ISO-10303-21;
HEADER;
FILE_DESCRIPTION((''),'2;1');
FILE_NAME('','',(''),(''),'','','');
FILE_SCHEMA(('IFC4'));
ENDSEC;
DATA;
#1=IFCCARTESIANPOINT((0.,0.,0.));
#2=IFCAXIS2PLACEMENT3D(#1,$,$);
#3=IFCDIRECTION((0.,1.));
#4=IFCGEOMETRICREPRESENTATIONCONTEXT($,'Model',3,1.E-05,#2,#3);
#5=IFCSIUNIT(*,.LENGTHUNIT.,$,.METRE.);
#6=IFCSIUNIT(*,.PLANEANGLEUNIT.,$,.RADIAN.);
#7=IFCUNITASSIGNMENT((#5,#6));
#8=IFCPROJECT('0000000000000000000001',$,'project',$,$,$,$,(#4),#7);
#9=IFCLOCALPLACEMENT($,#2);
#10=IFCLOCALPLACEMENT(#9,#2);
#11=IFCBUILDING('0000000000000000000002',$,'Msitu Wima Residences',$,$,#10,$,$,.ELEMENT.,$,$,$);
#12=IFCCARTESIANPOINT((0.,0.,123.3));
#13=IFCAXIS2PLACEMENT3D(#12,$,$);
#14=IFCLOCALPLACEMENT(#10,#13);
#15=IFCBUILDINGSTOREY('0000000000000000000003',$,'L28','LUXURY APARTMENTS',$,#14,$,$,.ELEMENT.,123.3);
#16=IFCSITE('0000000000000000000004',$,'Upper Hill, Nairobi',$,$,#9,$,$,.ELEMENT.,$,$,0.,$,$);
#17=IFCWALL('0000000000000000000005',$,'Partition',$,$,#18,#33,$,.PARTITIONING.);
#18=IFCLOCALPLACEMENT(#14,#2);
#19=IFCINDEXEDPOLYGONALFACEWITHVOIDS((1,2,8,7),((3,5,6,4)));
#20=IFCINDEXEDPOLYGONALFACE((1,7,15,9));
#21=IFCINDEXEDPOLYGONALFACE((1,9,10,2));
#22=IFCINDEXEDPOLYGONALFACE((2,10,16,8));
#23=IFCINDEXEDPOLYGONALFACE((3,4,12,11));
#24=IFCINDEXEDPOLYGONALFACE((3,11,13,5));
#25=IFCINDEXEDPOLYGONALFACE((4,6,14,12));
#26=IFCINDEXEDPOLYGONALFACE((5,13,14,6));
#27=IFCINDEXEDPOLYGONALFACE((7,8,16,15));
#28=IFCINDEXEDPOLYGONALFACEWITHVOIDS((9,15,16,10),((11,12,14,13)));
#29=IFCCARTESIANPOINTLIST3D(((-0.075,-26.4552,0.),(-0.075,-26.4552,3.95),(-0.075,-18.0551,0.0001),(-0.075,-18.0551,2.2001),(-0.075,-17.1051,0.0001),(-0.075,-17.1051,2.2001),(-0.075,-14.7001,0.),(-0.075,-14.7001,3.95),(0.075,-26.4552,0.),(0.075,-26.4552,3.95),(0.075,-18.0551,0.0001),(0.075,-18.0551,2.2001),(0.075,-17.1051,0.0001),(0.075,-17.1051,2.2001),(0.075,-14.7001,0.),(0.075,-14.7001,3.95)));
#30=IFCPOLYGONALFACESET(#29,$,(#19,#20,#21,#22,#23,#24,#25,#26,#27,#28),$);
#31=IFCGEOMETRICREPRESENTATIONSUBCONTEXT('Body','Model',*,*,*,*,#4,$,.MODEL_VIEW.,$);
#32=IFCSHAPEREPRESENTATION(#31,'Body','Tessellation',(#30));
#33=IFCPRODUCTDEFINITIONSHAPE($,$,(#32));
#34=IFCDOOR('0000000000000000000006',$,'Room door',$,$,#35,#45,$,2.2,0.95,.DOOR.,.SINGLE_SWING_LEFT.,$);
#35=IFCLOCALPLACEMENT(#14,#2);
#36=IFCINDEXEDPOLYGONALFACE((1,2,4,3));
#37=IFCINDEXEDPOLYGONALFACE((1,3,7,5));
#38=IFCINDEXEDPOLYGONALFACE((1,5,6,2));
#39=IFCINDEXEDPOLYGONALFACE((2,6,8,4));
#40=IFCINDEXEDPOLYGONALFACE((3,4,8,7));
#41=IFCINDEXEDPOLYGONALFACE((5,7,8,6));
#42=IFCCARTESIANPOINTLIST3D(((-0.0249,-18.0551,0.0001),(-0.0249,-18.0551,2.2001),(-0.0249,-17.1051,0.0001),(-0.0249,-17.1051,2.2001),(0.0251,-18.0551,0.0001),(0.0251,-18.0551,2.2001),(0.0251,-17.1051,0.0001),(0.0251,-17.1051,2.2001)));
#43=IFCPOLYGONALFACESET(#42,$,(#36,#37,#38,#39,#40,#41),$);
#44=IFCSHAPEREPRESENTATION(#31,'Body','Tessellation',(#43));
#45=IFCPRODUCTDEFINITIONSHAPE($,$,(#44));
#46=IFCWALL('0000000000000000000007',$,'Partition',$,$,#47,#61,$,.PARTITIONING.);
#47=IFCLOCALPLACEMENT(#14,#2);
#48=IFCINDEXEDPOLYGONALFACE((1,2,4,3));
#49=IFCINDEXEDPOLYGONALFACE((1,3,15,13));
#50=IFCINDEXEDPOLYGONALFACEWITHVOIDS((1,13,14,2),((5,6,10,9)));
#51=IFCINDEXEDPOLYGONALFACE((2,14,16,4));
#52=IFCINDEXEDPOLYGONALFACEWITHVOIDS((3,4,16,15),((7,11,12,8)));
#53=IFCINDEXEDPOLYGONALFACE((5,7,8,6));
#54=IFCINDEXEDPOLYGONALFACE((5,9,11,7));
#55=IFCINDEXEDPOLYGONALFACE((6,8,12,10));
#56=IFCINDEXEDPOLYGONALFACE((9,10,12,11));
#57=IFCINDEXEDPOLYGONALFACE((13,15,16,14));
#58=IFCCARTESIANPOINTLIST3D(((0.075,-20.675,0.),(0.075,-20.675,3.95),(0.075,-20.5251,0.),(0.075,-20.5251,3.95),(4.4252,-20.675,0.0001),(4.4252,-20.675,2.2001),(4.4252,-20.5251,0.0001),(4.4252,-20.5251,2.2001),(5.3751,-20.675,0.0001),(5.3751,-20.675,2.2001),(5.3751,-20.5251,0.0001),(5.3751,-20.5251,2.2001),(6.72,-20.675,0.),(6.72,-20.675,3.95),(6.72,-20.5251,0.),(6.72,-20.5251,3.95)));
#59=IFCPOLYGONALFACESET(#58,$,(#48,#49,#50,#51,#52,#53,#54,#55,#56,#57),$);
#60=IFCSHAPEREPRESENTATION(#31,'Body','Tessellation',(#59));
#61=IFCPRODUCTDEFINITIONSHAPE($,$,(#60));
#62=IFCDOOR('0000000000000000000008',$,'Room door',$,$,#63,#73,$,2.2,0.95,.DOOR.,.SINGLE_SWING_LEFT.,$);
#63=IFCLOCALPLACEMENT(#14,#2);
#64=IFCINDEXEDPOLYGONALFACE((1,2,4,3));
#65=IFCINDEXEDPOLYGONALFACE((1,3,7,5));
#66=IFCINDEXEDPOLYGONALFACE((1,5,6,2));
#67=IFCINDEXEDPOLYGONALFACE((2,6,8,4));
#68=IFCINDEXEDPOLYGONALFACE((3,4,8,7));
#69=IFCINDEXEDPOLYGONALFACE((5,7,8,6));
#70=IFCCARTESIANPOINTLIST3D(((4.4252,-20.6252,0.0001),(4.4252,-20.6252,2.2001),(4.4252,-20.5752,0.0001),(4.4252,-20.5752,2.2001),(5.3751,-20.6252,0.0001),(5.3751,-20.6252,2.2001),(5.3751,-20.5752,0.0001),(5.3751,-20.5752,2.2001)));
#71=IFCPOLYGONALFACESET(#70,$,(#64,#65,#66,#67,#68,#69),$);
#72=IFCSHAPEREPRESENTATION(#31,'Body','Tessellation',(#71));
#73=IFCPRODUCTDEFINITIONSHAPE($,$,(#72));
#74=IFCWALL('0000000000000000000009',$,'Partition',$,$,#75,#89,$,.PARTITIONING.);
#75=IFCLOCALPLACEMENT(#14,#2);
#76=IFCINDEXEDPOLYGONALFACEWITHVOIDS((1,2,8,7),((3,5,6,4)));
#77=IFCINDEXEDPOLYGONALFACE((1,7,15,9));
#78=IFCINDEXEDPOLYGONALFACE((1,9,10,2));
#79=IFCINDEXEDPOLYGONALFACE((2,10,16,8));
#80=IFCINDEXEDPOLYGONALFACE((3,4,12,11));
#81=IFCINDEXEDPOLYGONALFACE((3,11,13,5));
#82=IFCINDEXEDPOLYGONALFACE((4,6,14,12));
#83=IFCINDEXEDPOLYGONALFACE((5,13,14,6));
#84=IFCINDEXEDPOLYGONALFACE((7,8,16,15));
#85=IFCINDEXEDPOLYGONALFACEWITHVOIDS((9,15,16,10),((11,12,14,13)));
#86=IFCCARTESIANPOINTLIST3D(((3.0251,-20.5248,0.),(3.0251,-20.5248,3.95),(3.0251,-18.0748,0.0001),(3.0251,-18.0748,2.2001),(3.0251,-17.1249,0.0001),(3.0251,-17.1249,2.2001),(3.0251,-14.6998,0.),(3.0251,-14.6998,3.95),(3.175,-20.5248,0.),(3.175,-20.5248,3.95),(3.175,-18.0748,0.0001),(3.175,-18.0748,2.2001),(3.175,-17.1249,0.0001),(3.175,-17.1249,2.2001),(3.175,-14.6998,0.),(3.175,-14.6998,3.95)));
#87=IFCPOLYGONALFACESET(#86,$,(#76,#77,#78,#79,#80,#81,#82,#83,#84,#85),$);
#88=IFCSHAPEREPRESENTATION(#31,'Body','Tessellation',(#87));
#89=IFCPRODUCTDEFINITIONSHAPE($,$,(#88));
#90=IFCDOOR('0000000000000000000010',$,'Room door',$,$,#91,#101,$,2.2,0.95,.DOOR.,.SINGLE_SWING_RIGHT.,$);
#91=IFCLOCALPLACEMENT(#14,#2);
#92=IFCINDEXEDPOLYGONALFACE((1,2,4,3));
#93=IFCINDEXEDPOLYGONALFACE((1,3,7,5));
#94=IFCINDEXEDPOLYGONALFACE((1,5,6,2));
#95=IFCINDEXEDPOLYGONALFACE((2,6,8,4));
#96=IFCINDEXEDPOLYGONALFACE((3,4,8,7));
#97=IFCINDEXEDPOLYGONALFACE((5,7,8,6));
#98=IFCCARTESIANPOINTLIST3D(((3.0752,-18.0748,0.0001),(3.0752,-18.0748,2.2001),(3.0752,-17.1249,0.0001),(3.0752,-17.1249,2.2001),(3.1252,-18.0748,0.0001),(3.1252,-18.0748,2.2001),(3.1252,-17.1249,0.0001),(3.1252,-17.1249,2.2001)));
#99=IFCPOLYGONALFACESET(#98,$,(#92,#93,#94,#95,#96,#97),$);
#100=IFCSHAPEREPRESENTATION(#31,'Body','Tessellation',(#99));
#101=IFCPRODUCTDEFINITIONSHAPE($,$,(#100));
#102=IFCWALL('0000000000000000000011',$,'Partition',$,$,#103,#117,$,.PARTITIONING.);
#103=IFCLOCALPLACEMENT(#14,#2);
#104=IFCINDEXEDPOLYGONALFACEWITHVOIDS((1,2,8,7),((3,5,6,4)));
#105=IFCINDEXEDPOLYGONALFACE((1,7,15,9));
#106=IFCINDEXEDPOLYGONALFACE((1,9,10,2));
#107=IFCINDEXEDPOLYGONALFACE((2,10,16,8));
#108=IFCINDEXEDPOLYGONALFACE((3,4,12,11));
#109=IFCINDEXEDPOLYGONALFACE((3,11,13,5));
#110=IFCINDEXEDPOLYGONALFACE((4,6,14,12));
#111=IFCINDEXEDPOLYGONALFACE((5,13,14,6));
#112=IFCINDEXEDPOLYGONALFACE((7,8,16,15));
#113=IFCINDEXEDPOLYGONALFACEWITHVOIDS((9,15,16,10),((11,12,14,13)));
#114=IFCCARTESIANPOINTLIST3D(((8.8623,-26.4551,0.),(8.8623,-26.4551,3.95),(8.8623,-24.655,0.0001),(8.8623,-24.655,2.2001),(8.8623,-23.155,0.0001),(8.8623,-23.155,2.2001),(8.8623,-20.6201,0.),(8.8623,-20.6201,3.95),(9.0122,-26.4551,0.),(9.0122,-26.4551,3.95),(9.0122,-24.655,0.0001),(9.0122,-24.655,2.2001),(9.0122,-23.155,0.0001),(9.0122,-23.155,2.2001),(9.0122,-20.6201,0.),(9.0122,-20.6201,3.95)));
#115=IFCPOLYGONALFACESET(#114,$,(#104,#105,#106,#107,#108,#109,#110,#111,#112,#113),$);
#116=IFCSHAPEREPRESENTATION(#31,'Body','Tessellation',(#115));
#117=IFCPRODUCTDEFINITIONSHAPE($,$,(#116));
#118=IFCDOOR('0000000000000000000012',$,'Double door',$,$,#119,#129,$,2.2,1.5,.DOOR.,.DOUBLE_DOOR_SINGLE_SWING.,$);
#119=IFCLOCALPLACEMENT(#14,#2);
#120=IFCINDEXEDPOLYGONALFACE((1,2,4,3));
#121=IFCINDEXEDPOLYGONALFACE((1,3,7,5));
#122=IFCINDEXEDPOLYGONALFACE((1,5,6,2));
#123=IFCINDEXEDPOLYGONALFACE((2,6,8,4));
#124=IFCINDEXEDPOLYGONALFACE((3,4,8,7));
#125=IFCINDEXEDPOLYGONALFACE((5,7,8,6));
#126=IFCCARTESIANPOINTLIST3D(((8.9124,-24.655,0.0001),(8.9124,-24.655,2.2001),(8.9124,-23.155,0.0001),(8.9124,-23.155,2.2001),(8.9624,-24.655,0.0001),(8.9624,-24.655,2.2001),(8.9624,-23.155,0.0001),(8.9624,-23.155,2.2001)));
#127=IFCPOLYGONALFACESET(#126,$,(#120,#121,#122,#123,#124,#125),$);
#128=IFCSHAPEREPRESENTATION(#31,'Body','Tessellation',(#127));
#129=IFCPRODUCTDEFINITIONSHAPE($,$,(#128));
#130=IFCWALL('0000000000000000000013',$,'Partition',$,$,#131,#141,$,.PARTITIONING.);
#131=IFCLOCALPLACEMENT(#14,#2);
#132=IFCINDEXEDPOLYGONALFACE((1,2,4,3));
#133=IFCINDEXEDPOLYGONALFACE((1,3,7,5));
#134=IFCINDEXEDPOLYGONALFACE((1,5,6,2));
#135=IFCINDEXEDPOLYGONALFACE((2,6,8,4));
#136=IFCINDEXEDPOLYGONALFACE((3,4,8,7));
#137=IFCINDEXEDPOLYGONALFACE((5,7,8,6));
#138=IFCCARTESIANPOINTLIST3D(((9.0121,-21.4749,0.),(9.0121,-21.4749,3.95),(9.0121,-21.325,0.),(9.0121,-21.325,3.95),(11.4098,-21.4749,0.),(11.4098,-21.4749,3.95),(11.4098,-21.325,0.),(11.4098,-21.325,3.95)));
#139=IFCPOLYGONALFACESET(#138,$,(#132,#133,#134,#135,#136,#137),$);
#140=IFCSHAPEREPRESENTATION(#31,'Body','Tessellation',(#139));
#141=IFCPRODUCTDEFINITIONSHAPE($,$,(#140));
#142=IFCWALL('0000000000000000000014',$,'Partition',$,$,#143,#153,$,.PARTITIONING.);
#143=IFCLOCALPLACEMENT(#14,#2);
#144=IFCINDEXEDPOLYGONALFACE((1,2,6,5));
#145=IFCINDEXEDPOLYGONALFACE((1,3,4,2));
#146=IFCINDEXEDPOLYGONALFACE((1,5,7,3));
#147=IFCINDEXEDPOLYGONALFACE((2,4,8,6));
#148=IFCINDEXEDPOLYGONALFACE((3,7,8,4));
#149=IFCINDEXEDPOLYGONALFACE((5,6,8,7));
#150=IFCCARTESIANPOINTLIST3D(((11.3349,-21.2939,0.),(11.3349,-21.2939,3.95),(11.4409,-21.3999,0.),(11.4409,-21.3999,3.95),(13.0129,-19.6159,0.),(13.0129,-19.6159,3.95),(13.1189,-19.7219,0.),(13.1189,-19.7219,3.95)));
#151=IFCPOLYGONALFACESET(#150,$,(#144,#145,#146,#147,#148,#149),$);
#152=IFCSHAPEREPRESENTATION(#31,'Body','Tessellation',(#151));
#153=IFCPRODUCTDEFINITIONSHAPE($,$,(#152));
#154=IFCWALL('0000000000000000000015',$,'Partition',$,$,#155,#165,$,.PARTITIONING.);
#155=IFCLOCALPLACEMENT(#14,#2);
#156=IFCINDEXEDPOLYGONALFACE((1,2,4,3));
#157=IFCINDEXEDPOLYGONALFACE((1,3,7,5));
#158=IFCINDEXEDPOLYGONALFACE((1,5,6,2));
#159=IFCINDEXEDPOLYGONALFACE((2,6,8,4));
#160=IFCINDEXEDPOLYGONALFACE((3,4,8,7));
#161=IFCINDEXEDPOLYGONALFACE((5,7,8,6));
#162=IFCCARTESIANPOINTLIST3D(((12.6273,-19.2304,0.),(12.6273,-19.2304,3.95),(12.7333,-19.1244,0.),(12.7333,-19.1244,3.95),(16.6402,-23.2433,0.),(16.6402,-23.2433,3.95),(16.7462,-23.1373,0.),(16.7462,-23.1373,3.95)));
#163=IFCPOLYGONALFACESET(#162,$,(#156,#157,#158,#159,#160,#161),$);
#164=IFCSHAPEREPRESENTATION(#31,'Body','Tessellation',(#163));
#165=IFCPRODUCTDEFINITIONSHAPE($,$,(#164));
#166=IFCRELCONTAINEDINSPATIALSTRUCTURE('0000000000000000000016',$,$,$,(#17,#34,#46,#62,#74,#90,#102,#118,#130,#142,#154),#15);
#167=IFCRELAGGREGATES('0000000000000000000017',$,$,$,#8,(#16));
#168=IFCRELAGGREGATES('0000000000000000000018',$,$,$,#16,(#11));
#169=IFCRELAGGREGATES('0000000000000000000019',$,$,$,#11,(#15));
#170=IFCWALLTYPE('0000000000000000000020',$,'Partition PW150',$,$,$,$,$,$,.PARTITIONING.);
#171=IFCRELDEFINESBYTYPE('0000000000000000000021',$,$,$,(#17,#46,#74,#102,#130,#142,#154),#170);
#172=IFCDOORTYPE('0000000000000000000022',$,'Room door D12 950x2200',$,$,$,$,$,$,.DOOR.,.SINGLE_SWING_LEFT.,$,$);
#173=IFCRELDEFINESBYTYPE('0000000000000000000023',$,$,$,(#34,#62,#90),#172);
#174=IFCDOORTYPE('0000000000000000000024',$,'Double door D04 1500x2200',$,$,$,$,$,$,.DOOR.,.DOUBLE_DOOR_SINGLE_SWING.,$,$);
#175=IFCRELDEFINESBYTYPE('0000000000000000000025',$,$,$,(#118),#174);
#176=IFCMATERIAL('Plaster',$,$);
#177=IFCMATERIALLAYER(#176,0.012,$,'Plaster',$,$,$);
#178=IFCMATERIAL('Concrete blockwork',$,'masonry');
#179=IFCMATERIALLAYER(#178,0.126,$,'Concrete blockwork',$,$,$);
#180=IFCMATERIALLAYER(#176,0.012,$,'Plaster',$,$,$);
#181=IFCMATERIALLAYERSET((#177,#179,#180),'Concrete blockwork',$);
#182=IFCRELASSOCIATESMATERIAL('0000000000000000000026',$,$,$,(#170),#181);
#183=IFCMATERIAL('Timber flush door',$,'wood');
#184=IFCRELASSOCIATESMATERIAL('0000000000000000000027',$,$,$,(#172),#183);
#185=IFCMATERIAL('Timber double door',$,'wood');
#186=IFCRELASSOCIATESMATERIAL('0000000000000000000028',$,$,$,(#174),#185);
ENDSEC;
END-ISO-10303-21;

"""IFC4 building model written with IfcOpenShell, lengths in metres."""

from ifc_helpers import new_model, si_unit, direction, frame, frame_2d, origin, place, context, subcontext, project, spatial, rectangle, extrude, material, layer, layer_set, type_object, element, fill, save


model = new_model("IFC4")

# Units and contexts
model_context = context("Model", 3, precision=1e-05, world=origin(), true_north=direction((0.0, 1.0)))
body_context = subcontext(model_context, "Body", "Model", "MODEL_VIEW")
ifc_project = project(units=[si_unit("LENGTHUNIT", "METRE"), si_unit("PLANEANGLEUNIT", "RADIAN")], contexts=[model_context])

# Site, building, storey
site_placement = place(None, origin())
site = spatial("IfcSite", under=ifc_project, at=site_placement, Name="Upper Hill, Nairobi", CompositionType="ELEMENT", RefElevation=0.0)
building_placement = place(site_placement, origin())
building = spatial("IfcBuilding", under=site, at=building_placement, Name="Msitu Wima Residences", CompositionType="ELEMENT")
storey_placement = place(building_placement, frame((0.0, 0.0, 123.3)))
storey = spatial("IfcBuildingStorey", under=building, at=storey_placement, Name="L28", Description="LUXURY APARTMENTS", CompositionType="ELEMENT", Elevation=123.3)

# Walls, openings, doors
ifc_material_1 = material(Name="Plaster")
ifc_layer_1 = layer(ifc_material_1, 0.012, Name="Plaster")
ifc_material_2 = material(Name="Concrete blockwork", Category="masonry")
ifc_layer_2 = layer(ifc_material_2, 0.126, Name="Concrete blockwork")
ifc_layer_3 = layer(ifc_material_1, 0.012, Name="Plaster")
ifc_layer_set_1 = layer_set([ifc_layer_1, ifc_layer_2, ifc_layer_3], Name="Concrete blockwork")
wall_type_1 = type_object("IfcWallType", Name="Partition PW150", PredefinedType="PARTITIONING", material=ifc_layer_set_1)
wall_1_placement = place(storey_placement, frame((0.0, -26.4551, 0.0), z_axis=(0.0, 0.0, 1.0), x_axis=(0.0, 1.0, 0.0)))
wall_1 = element("IfcWall", 1, at=wall_1_placement, inside=storey, type_object=wall_type_1, Name="Partition", PredefinedType="PARTITIONING", context=body_context, shape_type="SweptSolid", body=[
    extrude(rectangle(XDim=11.7551, YDim=0.1499, at=frame_2d((5.8774, 0.0))), origin(), (0.0, 0.0, 1.0), 3.95),
])
opening_1_placement = place(wall_1_placement, frame((8.3999, 0.0, 0.0)))
opening_1 = element("IfcOpeningElement", 2, at=opening_1_placement, cuts=wall_1, PredefinedType="OPENING", context=body_context, shape_type="SweptSolid", body=[
    extrude(rectangle(XDim=0.95, YDim=2.2, at=frame_2d((0.4751, 1.1001))), frame((0.0, 0.085, 0.0), z_axis=(0.0, -1.0, 0.0), x_axis=(1.0, 0.0, 0.0)), (0.0, 0.0, 1.0), 0.1699),
])
ifc_material_3 = material(Name="Timber flush door", Category="wood")
door_type_1 = type_object("IfcDoorType", Name="Room door D12 950x2200", OperationType="SINGLE_SWING_LEFT", PredefinedType="DOOR", material=ifc_material_3)
door_1_placement = place(opening_1_placement, origin())
door_1 = element("IfcDoor", 3, at=door_1_placement, inside=storey, type_object=door_type_1, Name="Room door", OperationType="SINGLE_SWING_LEFT", OverallHeight=2.2, OverallWidth=0.95, PredefinedType="DOOR", context=body_context, shape_type="SweptSolid", body=[
    extrude(rectangle(XDim=0.95, YDim=2.2, at=frame_2d((0.4751, 1.1001))), frame((0.0, 0.0249, 0.0), z_axis=(0.0, -1.0, 0.0), x_axis=(1.0, 0.0, 0.0)), (0.0, 0.0, 1.0), 0.05),
])
fill(opening_1, door_1)
wall_2_placement = place(storey_placement, frame((0.075, -20.6001, 0.0), z_axis=(0.0, 0.0, 1.0), x_axis=(1.0, 0.0, 0.0)))
wall_2 = element("IfcWall", 4, at=wall_2_placement, inside=storey, type_object=wall_type_1, Name="Partition", PredefinedType="PARTITIONING", context=body_context, shape_type="SweptSolid", body=[
    extrude(rectangle(XDim=6.645, YDim=0.1499, at=frame_2d((3.3225, 0.0))), origin(), (0.0, 0.0, 1.0), 3.95),
])
opening_2_placement = place(wall_2_placement, frame((4.3501, 0.0, 0.0)))
opening_2 = element("IfcOpeningElement", 5, at=opening_2_placement, cuts=wall_2, PredefinedType="OPENING", context=body_context, shape_type="SweptSolid", body=[
    extrude(rectangle(XDim=0.95, YDim=2.2, at=frame_2d((0.4751, 1.1001))), frame((0.0, 0.085, 0.0), z_axis=(0.0, -1.0, 0.0), x_axis=(1.0, 0.0, 0.0)), (0.0, 0.0, 1.0), 0.1699),
])
door_2_placement = place(opening_2_placement, origin())
door_2 = element("IfcDoor", 6, at=door_2_placement, inside=storey, type_object=door_type_1, Name="Room door", OperationType="SINGLE_SWING_LEFT", OverallHeight=2.2, OverallWidth=0.95, PredefinedType="DOOR", context=body_context, shape_type="SweptSolid", body=[
    extrude(rectangle(XDim=0.95, YDim=2.2, at=frame_2d((0.4751, 1.1001))), frame((0.0, 0.0249, 0.0), z_axis=(0.0, -1.0, 0.0), x_axis=(1.0, 0.0, 0.0)), (0.0, 0.0, 1.0), 0.05),
])
fill(opening_2, door_2)
wall_3_placement = place(storey_placement, frame((3.1001, -20.5249, 0.0), z_axis=(0.0, 0.0, 1.0), x_axis=(0.0, 1.0, 0.0)))
wall_3 = element("IfcWall", 7, at=wall_3_placement, inside=storey, type_object=wall_type_1, Name="Partition", PredefinedType="PARTITIONING", context=body_context, shape_type="SweptSolid", body=[
    extrude(rectangle(XDim=5.825, YDim=0.1499, at=frame_2d((2.9126, 0.0))), origin(), (0.0, 0.0, 1.0), 3.95),
])
opening_3_placement = place(wall_3_placement, frame((2.45, 0.0, 0.0)))
opening_3 = element("IfcOpeningElement", 8, at=opening_3_placement, cuts=wall_3, PredefinedType="OPENING", context=body_context, shape_type="SweptSolid", body=[
    extrude(rectangle(XDim=0.95, YDim=2.2, at=frame_2d((0.4751, 1.1001))), frame((0.0, 0.085, 0.0), z_axis=(0.0, -1.0, 0.0), x_axis=(1.0, 0.0, 0.0)), (0.0, 0.0, 1.0), 0.1699),
])
door_3_placement = place(opening_3_placement, origin())
door_3 = element("IfcDoor", 9, at=door_3_placement, inside=storey, type_object=door_type_1, Name="Room door", OperationType="SINGLE_SWING_RIGHT", OverallHeight=2.2, OverallWidth=0.95, PredefinedType="DOOR", context=body_context, shape_type="SweptSolid", body=[
    extrude(rectangle(XDim=0.95, YDim=2.2, at=frame_2d((0.4751, 1.1001))), frame((0.0, 0.0249, 0.0), z_axis=(0.0, -1.0, 0.0), x_axis=(1.0, 0.0, 0.0)), (0.0, 0.0, 1.0), 0.05),
])
fill(opening_3, door_3)
wall_4_placement = place(storey_placement, frame((8.9373, -26.4551, 0.0), z_axis=(0.0, 0.0, 1.0), x_axis=(0.0, 1.0, 0.0)))
wall_4 = element("IfcWall", 10, at=wall_4_placement, inside=storey, type_object=wall_type_1, Name="Partition", PredefinedType="PARTITIONING", context=body_context, shape_type="SweptSolid", body=[
    extrude(rectangle(XDim=5.835, YDim=0.1499, at=frame_2d((2.9175, 0.0))), origin(), (0.0, 0.0, 1.0), 3.95),
])
opening_4_placement = place(wall_4_placement, frame((1.8, 0.0, 0.0)))
opening_4 = element("IfcOpeningElement", 11, at=opening_4_placement, cuts=wall_4, PredefinedType="OPENING", context=body_context, shape_type="SweptSolid", body=[
    extrude(rectangle(XDim=1.5, YDim=2.2, at=frame_2d((0.75, 1.1001))), frame((0.0, 0.085, 0.0), z_axis=(0.0, -1.0, 0.0), x_axis=(1.0, 0.0, 0.0)), (0.0, 0.0, 1.0), 0.1699),
])
ifc_material_4 = material(Name="Timber double door", Category="wood")
door_type_2 = type_object("IfcDoorType", Name="Double door D04 1500x2200", OperationType="DOUBLE_DOOR_SINGLE_SWING", PredefinedType="DOOR", material=ifc_material_4)
door_4_placement = place(opening_4_placement, origin())
door_4 = element("IfcDoor", 12, at=door_4_placement, inside=storey, type_object=door_type_2, Name="Double door", OperationType="DOUBLE_DOOR_SINGLE_SWING", OverallHeight=2.2, OverallWidth=1.5, PredefinedType="DOOR", context=body_context, shape_type="SweptSolid", body=[
    extrude(rectangle(XDim=1.5, YDim=2.2, at=frame_2d((0.75, 1.1001))), frame((0.0, 0.0249, 0.0), z_axis=(0.0, -1.0, 0.0), x_axis=(1.0, 0.0, 0.0)), (0.0, 0.0, 1.0), 0.05),
])
fill(opening_4, door_4)

# Walls
wall_5_placement = place(storey_placement, frame((9.0122, -21.3999, 0.0), z_axis=(0.0, 0.0, 1.0), x_axis=(1.0, 0.0, 0.0)))
element("IfcWall", 13, at=wall_5_placement, inside=storey, type_object=wall_type_1, Name="Partition", PredefinedType="PARTITIONING", context=body_context, shape_type="SweptSolid", body=[
    extrude(rectangle(XDim=2.3977, YDim=0.1499, at=frame_2d((1.1987, 0.0))), origin(), (0.0, 0.0, 1.0), 3.95),
])
wall_6_placement = place(storey_placement, frame((11.3879, -21.3469, 0.0), z_axis=(0.0, 0.0, 1.0), x_axis=(0.707107, 0.707107, 0.0)))
element("IfcWall", 14, at=wall_6_placement, inside=storey, type_object=wall_type_1, Name="Partition", PredefinedType="PARTITIONING", context=body_context, shape_type="SweptSolid", body=[
    extrude(rectangle(XDim=2.373, YDim=0.1499, at=frame_2d((1.1865, 0.0))), origin(), (0.0, 0.0, 1.0), 3.95),
])
wall_7_placement = place(storey_placement, frame((12.6804, -19.1775, 0.0), z_axis=(0.0, 0.0, 1.0), x_axis=(0.707107, -0.707107, 0.0)))
element("IfcWall", 15, at=wall_7_placement, inside=storey, type_object=wall_type_1, Name="Partition", PredefinedType="PARTITIONING", context=body_context, shape_type="SweptSolid", body=[
    extrude(rectangle(XDim=5.675, YDim=0.1499, at=frame_2d((2.8374, 0.0))), origin(), (0.0, 0.0, 1.0), 3.95),
])

save(model, "model.ifc")
